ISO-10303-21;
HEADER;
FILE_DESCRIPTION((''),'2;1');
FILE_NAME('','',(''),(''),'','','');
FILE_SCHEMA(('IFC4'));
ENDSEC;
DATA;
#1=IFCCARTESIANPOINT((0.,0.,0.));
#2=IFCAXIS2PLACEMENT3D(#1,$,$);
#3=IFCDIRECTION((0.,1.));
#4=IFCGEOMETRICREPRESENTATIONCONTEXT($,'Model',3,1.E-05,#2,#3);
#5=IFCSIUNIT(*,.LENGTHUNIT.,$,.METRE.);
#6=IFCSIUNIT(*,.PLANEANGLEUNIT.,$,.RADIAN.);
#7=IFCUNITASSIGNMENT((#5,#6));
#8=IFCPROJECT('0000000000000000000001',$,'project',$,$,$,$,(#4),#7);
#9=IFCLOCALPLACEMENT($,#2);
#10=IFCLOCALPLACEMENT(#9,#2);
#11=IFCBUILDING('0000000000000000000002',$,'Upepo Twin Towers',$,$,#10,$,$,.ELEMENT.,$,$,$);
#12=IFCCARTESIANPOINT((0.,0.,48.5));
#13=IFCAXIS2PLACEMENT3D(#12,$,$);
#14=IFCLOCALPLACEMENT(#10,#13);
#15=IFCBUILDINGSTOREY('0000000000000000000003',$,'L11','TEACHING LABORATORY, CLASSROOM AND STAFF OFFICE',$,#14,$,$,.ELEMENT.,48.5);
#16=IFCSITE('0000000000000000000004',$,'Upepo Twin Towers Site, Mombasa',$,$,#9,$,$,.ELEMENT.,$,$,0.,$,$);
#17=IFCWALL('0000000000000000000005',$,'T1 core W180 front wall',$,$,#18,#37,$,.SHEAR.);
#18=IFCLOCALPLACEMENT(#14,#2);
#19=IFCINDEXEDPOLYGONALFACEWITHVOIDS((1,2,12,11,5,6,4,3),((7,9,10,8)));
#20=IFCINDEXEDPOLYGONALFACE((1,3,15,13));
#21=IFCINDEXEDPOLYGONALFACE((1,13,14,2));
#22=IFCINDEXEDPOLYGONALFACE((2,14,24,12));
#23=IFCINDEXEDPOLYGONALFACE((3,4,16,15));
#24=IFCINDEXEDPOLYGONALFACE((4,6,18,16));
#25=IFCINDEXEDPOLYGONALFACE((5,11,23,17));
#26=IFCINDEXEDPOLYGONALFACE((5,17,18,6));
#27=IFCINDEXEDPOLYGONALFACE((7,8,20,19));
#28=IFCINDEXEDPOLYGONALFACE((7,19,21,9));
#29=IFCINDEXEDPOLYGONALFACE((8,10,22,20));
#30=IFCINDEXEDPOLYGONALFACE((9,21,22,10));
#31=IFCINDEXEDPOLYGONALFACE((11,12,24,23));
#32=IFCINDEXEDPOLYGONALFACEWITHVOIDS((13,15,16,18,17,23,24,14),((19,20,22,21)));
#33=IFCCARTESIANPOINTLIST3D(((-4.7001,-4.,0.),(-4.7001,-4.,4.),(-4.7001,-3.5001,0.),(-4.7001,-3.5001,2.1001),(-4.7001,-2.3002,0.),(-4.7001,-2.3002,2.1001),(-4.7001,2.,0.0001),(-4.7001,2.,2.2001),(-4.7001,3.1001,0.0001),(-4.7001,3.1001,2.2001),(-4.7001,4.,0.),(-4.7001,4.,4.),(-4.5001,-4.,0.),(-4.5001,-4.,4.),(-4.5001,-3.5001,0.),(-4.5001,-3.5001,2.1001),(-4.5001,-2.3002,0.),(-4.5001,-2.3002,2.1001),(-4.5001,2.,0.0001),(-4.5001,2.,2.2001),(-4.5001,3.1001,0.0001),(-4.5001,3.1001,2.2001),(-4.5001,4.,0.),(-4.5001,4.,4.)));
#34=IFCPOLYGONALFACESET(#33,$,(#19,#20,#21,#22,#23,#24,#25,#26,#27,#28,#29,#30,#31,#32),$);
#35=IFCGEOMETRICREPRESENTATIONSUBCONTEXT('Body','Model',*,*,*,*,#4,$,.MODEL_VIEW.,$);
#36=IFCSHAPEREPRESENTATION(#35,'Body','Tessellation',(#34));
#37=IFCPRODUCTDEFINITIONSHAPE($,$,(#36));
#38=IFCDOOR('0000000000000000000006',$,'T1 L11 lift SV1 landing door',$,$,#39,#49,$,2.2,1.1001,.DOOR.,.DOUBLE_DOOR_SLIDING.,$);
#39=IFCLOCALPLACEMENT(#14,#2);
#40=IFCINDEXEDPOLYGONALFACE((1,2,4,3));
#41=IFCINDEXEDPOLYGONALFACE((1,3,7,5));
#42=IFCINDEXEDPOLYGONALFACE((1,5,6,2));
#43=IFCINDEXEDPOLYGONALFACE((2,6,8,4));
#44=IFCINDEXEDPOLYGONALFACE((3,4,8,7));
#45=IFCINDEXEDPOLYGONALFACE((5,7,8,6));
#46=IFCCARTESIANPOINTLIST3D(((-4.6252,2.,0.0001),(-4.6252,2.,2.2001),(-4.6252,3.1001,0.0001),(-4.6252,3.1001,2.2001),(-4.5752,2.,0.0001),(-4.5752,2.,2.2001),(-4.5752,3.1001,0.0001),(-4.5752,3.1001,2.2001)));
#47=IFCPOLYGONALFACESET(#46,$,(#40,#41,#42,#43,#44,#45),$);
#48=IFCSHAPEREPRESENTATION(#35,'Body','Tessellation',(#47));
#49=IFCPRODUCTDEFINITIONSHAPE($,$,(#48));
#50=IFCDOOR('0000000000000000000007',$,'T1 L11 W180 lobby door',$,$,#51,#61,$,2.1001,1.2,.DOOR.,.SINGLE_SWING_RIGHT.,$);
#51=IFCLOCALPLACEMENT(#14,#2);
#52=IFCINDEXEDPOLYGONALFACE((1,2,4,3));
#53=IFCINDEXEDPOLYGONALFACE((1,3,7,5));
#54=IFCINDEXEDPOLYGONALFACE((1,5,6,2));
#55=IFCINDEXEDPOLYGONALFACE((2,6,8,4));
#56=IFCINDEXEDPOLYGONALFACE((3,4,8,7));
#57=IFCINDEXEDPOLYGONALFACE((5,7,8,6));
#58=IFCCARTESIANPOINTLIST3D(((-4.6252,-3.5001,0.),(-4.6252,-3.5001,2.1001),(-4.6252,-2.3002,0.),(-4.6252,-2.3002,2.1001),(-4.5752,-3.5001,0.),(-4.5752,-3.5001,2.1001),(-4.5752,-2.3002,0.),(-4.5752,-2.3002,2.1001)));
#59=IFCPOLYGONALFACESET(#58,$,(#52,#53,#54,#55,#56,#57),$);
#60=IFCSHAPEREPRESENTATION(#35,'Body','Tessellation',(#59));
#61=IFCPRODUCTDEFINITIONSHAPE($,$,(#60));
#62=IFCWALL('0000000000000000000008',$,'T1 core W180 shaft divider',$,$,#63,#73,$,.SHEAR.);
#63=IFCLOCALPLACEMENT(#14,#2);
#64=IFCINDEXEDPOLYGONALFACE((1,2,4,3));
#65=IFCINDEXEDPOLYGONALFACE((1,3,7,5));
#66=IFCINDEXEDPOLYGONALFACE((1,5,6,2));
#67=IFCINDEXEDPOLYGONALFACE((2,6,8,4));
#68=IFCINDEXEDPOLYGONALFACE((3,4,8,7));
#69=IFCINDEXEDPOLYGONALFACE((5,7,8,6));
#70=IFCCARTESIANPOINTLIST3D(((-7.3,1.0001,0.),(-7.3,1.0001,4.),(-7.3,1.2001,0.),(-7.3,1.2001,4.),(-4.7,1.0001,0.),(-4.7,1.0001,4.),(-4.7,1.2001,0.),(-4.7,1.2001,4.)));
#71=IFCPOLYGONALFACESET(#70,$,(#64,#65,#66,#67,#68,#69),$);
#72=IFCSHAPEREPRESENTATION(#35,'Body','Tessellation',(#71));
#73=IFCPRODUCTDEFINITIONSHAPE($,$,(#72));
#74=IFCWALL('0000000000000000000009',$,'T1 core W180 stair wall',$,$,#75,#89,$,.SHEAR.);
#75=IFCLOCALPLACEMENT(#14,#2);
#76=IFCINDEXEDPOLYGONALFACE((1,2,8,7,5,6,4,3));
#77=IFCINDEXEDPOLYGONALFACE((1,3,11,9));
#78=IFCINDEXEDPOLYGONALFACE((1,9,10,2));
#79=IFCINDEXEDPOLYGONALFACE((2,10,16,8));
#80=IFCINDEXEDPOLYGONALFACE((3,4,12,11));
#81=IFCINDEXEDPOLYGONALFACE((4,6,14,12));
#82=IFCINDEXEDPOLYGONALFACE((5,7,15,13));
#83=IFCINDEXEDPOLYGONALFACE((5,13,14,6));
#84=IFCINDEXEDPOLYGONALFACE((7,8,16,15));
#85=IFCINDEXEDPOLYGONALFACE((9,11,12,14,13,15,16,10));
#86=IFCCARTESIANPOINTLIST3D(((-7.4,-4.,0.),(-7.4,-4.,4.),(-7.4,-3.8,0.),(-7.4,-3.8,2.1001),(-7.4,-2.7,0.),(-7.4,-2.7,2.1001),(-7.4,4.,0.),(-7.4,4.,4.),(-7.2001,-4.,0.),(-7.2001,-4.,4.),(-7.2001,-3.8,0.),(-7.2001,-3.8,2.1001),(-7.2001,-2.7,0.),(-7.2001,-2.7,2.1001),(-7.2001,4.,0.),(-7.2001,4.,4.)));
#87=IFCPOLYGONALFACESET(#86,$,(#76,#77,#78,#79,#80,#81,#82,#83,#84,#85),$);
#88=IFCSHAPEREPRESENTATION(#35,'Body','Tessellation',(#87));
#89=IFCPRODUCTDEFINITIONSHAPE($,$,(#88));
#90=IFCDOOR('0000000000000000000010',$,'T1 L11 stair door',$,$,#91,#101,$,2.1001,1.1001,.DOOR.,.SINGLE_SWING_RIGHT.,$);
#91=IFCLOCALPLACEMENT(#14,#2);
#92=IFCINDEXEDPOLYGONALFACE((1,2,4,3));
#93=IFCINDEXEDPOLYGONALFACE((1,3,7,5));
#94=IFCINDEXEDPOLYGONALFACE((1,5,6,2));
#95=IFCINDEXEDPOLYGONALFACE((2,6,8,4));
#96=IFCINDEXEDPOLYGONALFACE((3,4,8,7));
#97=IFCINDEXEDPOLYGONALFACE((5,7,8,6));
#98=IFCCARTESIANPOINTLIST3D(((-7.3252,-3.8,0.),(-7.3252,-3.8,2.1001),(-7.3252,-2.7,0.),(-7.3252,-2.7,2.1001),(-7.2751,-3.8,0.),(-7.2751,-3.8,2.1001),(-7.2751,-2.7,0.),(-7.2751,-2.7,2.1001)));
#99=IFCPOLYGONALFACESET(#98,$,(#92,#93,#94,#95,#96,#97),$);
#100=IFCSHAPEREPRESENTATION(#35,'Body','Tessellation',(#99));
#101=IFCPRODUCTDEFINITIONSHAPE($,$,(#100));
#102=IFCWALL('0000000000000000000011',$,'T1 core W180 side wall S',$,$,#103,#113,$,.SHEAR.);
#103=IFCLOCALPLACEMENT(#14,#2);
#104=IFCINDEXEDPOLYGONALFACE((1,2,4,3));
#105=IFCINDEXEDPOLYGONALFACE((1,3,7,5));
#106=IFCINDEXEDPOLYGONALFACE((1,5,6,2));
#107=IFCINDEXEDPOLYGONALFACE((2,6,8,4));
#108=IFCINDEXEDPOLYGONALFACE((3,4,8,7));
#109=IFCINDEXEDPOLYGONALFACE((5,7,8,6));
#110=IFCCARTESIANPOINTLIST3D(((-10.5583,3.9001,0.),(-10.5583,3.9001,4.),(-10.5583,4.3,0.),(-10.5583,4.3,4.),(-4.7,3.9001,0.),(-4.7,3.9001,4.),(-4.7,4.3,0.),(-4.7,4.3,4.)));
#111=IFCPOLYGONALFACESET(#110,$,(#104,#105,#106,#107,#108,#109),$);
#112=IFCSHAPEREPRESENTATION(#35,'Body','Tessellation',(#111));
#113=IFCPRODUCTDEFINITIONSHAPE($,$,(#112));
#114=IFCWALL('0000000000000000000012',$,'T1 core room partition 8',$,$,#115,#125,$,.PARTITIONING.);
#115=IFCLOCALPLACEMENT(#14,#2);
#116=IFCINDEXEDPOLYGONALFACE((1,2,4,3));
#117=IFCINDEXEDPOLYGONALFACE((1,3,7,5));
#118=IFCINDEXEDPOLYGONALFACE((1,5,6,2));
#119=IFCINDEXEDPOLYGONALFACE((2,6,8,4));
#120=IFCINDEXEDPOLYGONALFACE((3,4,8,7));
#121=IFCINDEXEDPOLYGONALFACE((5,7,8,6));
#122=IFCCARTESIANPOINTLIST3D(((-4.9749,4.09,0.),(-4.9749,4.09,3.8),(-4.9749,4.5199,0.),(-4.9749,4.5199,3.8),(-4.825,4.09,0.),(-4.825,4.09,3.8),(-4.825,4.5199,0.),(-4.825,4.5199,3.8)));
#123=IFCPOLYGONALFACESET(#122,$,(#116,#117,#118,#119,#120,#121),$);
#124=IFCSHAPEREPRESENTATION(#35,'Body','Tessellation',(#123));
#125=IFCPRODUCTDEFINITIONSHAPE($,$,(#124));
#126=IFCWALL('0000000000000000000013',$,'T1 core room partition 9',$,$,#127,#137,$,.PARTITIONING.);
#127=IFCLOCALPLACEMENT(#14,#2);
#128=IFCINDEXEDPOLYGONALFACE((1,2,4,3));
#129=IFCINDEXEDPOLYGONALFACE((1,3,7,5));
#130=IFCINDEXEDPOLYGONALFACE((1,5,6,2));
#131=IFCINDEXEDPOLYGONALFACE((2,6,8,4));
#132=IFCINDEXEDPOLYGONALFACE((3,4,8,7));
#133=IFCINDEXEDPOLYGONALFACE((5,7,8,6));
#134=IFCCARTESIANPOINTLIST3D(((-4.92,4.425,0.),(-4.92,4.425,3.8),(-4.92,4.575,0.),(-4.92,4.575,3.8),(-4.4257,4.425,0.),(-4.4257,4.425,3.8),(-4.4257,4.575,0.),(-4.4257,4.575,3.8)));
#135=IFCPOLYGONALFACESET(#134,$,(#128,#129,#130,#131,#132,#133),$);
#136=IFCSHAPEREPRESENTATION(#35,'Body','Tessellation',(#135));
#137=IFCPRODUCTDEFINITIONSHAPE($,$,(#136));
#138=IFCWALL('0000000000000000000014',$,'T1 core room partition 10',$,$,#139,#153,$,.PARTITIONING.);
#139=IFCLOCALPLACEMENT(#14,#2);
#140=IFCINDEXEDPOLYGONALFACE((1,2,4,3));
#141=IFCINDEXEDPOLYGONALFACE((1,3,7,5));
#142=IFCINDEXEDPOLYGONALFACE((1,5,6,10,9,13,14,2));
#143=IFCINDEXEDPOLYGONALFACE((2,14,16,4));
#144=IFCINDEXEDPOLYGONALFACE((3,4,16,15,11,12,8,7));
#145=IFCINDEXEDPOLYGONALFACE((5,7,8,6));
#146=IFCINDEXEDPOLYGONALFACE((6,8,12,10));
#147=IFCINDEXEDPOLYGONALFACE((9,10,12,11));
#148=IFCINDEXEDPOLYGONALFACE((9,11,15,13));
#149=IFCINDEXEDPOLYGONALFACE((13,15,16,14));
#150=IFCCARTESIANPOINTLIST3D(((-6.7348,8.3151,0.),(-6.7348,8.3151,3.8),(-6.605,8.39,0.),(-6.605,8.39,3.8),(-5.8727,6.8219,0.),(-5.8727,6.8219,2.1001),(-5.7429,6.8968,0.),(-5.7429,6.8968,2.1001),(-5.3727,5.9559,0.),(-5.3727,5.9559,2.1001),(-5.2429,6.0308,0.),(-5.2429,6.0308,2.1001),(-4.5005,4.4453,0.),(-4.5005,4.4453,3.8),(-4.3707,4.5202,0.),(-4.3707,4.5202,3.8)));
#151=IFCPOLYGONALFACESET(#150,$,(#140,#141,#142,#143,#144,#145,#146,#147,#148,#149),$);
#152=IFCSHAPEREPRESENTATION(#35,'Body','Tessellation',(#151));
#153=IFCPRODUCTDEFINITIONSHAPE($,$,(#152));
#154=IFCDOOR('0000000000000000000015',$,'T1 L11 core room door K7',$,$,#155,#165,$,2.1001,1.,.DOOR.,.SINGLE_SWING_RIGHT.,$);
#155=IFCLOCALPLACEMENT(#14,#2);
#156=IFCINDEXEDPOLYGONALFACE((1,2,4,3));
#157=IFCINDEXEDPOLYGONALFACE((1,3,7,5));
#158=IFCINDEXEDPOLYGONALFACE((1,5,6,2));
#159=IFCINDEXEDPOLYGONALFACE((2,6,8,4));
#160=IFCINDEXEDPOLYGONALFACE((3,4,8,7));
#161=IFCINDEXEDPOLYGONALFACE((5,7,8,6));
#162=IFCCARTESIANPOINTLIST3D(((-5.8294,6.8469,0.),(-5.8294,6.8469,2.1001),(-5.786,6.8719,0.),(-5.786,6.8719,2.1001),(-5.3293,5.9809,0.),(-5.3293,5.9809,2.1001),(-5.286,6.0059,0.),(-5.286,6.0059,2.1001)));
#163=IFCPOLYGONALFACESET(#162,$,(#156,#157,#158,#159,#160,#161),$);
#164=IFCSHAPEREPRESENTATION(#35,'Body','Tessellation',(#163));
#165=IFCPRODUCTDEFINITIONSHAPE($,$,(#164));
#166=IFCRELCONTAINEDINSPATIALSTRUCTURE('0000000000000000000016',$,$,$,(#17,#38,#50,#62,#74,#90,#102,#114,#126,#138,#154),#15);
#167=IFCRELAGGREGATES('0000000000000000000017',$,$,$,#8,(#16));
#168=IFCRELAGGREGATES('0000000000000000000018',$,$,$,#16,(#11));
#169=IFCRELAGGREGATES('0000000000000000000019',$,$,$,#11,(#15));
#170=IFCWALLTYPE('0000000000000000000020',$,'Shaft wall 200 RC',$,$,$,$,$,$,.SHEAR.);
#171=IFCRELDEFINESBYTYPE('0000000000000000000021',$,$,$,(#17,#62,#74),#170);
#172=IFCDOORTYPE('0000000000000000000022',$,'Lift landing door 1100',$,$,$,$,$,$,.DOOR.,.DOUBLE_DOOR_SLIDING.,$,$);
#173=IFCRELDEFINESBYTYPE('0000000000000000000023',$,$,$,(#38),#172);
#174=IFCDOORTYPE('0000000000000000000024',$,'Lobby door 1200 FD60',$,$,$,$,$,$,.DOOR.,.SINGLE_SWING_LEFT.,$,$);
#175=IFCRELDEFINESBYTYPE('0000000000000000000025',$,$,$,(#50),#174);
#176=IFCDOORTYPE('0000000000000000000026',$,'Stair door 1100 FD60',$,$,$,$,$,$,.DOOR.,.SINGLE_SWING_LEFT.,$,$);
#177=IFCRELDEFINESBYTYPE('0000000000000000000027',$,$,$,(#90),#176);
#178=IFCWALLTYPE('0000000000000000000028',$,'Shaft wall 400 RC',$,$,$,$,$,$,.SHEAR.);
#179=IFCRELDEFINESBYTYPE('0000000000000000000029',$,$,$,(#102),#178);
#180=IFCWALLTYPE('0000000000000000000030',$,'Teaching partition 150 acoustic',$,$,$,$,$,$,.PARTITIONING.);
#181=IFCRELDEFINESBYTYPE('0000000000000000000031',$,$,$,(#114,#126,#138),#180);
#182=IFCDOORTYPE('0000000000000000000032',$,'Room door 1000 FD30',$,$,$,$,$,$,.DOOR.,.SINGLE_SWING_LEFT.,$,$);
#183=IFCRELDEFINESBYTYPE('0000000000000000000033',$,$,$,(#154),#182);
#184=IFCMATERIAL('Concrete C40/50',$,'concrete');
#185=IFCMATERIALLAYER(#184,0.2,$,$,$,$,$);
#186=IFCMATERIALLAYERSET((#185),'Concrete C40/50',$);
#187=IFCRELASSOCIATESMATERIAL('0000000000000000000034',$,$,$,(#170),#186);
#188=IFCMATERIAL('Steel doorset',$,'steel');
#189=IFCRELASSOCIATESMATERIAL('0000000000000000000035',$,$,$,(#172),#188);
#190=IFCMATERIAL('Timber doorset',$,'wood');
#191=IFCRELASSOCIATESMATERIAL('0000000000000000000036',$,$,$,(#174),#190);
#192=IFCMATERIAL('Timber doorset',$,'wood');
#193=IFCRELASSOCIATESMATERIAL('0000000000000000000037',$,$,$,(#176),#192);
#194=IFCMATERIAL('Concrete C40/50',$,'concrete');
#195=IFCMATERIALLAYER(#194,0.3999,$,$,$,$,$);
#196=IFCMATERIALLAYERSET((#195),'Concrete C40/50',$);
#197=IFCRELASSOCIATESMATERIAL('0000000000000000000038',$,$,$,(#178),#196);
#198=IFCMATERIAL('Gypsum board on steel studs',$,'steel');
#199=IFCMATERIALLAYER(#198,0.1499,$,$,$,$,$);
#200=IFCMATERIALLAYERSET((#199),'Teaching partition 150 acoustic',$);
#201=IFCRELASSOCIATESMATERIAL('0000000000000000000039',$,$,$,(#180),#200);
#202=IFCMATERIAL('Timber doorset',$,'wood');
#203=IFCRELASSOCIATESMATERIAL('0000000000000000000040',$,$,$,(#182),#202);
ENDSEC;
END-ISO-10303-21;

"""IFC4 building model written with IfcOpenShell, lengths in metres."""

from ifc_helpers import new_model, si_unit, direction, frame, frame_2d, origin, place, context, subcontext, project, spatial, rectangle, extrude, material, layer, layer_set, type_object, element, fill, save


model = new_model("IFC4")

# Units and contexts
model_context = context("Model", 3, precision=1e-05, world=origin(), true_north=direction((0.0, 1.0)))
body_context = subcontext(model_context, "Body", "Model", "MODEL_VIEW")
ifc_project = project(units=[si_unit("LENGTHUNIT", "METRE"), si_unit("PLANEANGLEUNIT", "RADIAN")], contexts=[model_context])

# Site, building, storey
site_placement = place(None, origin())
site = spatial("IfcSite", under=ifc_project, at=site_placement, Name="Upepo Twin Towers Site, Mombasa", CompositionType="ELEMENT", RefElevation=0.0)
building_placement = place(site_placement, origin())
building = spatial("IfcBuilding", under=site, at=building_placement, Name="Upepo Twin Towers", CompositionType="ELEMENT")
storey_placement = place(building_placement, frame((0.0, 0.0, 48.5)))
storey = spatial("IfcBuildingStorey", under=building, at=storey_placement, Name="L11", Description="TEACHING LABORATORY, CLASSROOM AND STAFF OFFICE", CompositionType="ELEMENT", Elevation=48.5)

# Wall, openings, doors
ifc_material_1 = material(Name="Concrete C40/50", Category="concrete")
ifc_layer_1 = layer(ifc_material_1, 0.2)
ifc_layer_set_1 = layer_set([ifc_layer_1], Name="Concrete C40/50")
wall_type_1 = type_object("IfcWallType", Name="Shaft wall 200 RC", PredefinedType="SHEAR", material=ifc_layer_set_1)
wall_1_placement = place(storey_placement, frame((-4.6001, 4.0, 0.0), z_axis=(0.0, 0.0, 1.0), x_axis=(0.0, -1.0, 0.0)))
wall_1 = element("IfcWall", 1, at=wall_1_placement, inside=storey, type_object=wall_type_1, Name="T1 core W180 front wall", PredefinedType="SHEAR", context=body_context, shape_type="SweptSolid", body=[
    extrude(rectangle(XDim=8.0, YDim=0.2, at=frame_2d((4.0, 0.0))), origin(), (0.0, 0.0, 1.0), 4.0),
])
opening_1_placement = place(wall_1_placement, frame((6.3, 0.0, 0.0)))
opening_1 = element("IfcOpeningElement", 2, at=opening_1_placement, cuts=wall_1, PredefinedType="OPENING", context=body_context, shape_type="SweptSolid", body=[
    extrude(rectangle(XDim=1.2, YDim=2.1001, at=frame_2d((0.6001, 1.05))), frame((0.0, 0.1099, 0.0), z_axis=(0.0, -1.0, 0.0), x_axis=(1.0, 0.0, 0.0)), (0.0, 0.0, 1.0), 0.22),
])
opening_2_placement = place(wall_1_placement, frame((0.8999, 0.0, 0.0)))
opening_2 = element("IfcOpeningElement", 3, at=opening_2_placement, cuts=wall_1, PredefinedType="OPENING", context=body_context, shape_type="SweptSolid", body=[
    extrude(rectangle(XDim=1.1001, YDim=2.2, at=frame_2d((0.55, 1.1001))), frame((0.0, 0.1099, 0.0), z_axis=(0.0, -1.0, 0.0), x_axis=(1.0, 0.0, 0.0)), (0.0, 0.0, 1.0), 0.22),
])
ifc_material_2 = material(Name="Steel doorset", Category="steel")
door_type_1 = type_object("IfcDoorType", Name="Lift landing door 1100", OperationType="DOUBLE_DOOR_SLIDING", PredefinedType="DOOR", material=ifc_material_2)
door_1_placement = place(opening_2_placement, origin())
door_1 = element("IfcDoor", 4, at=door_1_placement, inside=storey, type_object=door_type_1, Name="T1 L11 lift SV1 landing door", OperationType="DOUBLE_DOOR_SLIDING", OverallHeight=2.2, OverallWidth=1.1001, PredefinedType="DOOR", context=body_context, shape_type="SweptSolid", body=[
    extrude(rectangle(XDim=1.1001, YDim=2.2, at=frame_2d((0.55, 1.1001))), frame((0.0, 0.0249, 0.0), z_axis=(0.0, -1.0, 0.0), x_axis=(1.0, 0.0, 0.0)), (0.0, 0.0, 1.0), 0.05),
])
fill(opening_2, door_1)
ifc_material_3 = material(Name="Timber doorset", Category="wood")
door_type_2 = type_object("IfcDoorType", Name="Lobby door 1200 FD60", OperationType="SINGLE_SWING_LEFT", PredefinedType="DOOR", material=ifc_material_3)
door_2_placement = place(opening_1_placement, origin())
door_2 = element("IfcDoor", 5, at=door_2_placement, inside=storey, type_object=door_type_2, Name="T1 L11 W180 lobby door", OperationType="SINGLE_SWING_RIGHT", OverallHeight=2.1001, OverallWidth=1.2, PredefinedType="DOOR", context=body_context, shape_type="SweptSolid", body=[
    extrude(rectangle(XDim=1.2, YDim=2.1001, at=frame_2d((0.6001, 1.05))), frame((0.0, 0.0249, 0.0), z_axis=(0.0, -1.0, 0.0), x_axis=(1.0, 0.0, 0.0)), (0.0, 0.0, 1.0), 0.05),
])
fill(opening_1, door_2)

# Wall
wall_2_placement = place(storey_placement, frame((-4.7, 1.1001, 0.0), z_axis=(0.0, 0.0, 1.0), x_axis=(-1.0, 0.0, 0.0)))
element("IfcWall", 6, at=wall_2_placement, inside=storey, type_object=wall_type_1, Name="T1 core W180 shaft divider", PredefinedType="SHEAR", context=body_context, shape_type="SweptSolid", body=[
    extrude(rectangle(XDim=2.6001, YDim=0.2, at=frame_2d((1.3, 0.0))), origin(), (0.0, 0.0, 1.0), 4.0),
])

# Wall, opening, door
wall_3_placement = place(storey_placement, frame((-7.3, 4.0, 0.0), z_axis=(0.0, 0.0, 1.0), x_axis=(0.0, -1.0, 0.0)))
wall_3 = element("IfcWall", 7, at=wall_3_placement, inside=storey, type_object=wall_type_1, Name="T1 core W180 stair wall", PredefinedType="SHEAR", context=body_context, shape_type="SweptSolid", body=[
    extrude(rectangle(XDim=8.0, YDim=0.2, at=frame_2d((4.0, 0.0))), origin(), (0.0, 0.0, 1.0), 4.0),
])
opening_3_placement = place(wall_3_placement, frame((6.7, 0.0, 0.0)))
opening_3 = element("IfcOpeningElement", 8, at=opening_3_placement, cuts=wall_3, PredefinedType="OPENING", context=body_context, shape_type="SweptSolid", body=[
    extrude(rectangle(XDim=1.1001, YDim=2.1001, at=frame_2d((0.55, 1.05))), frame((0.0, 0.1099, 0.0), z_axis=(0.0, -1.0, 0.0), x_axis=(1.0, 0.0, 0.0)), (0.0, 0.0, 1.0), 0.22),
])
ifc_material_4 = material(Name="Timber doorset", Category="wood")
door_type_3 = type_object("IfcDoorType", Name="Stair door 1100 FD60", OperationType="SINGLE_SWING_LEFT", PredefinedType="DOOR", material=ifc_material_4)
door_3_placement = place(opening_3_placement, origin())
door_3 = element("IfcDoor", 9, at=door_3_placement, inside=storey, type_object=door_type_3, Name="T1 L11 stair door", OperationType="SINGLE_SWING_RIGHT", OverallHeight=2.1001, OverallWidth=1.1001, PredefinedType="DOOR", context=body_context, shape_type="SweptSolid", body=[
    extrude(rectangle(XDim=1.1001, YDim=2.1001, at=frame_2d((0.55, 1.05))), frame((0.0, 0.0249, 0.0), z_axis=(0.0, -1.0, 0.0), x_axis=(1.0, 0.0, 0.0)), (0.0, 0.0, 1.0), 0.05),
])
fill(opening_3, door_3)

# Walls
ifc_material_5 = material(Name="Concrete C40/50", Category="concrete")
ifc_layer_2 = layer(ifc_material_5, 0.3999)
ifc_layer_set_2 = layer_set([ifc_layer_2], Name="Concrete C40/50")
wall_type_2 = type_object("IfcWallType", Name="Shaft wall 400 RC", PredefinedType="SHEAR", material=ifc_layer_set_2)
wall_4_placement = place(storey_placement, frame((-4.7, 4.1001, 0.0), z_axis=(0.0, 0.0, 1.0), x_axis=(-1.0, 0.0, 0.0)))
element("IfcWall", 10, at=wall_4_placement, inside=storey, type_object=wall_type_2, Name="T1 core W180 side wall S", PredefinedType="SHEAR", context=body_context, shape_type="SweptSolid", body=[
    extrude(rectangle(XDim=5.8584, YDim=0.3999, at=frame_2d((2.9292, 0.0))), origin(), (0.0, 0.0, 1.0), 4.0),
])
ifc_material_6 = material(Name="Gypsum board on steel studs", Category="steel")
ifc_layer_3 = layer(ifc_material_6, 0.1499)
ifc_layer_set_3 = layer_set([ifc_layer_3], Name="Teaching partition 150 acoustic")
wall_type_3 = type_object("IfcWallType", Name="Teaching partition 150 acoustic", PredefinedType="PARTITIONING", material=ifc_layer_set_3)
wall_5_placement = place(storey_placement, frame((-4.8999, 4.0901, 0.0), z_axis=(0.0, 0.0, 1.0), x_axis=(0.0, 1.0, 0.0)))
element("IfcWall", 11, at=wall_5_placement, inside=storey, type_object=wall_type_3, Name="T1 core room partition 8", PredefinedType="PARTITIONING", context=body_context, shape_type="SweptSolid", body=[
    extrude(rectangle(XDim=0.4299, YDim=0.1499, at=frame_2d((0.2148, 0.0))), origin(), (0.0, 0.0, 1.0), 3.8),
])
wall_6_placement = place(storey_placement, frame((-4.9199, 4.5, 0.0), z_axis=(0.0, 0.0, 1.0), x_axis=(1.0, 0.0, 0.0)))
element("IfcWall", 12, at=wall_6_placement, inside=storey, type_object=wall_type_3, Name="T1 core room partition 9", PredefinedType="PARTITIONING", context=body_context, shape_type="SweptSolid", body=[
    extrude(rectangle(XDim=0.4944, YDim=0.1499, at=frame_2d((0.2471, 0.0))), origin(), (0.0, 0.0, 1.0), 3.8),
])

# Wall, opening, door
wall_7_placement = place(storey_placement, frame((-4.4355, 4.4827, 0.0), z_axis=(0.0, 0.0, 1.0), x_axis=(-0.500017, 0.866015, 0.0)))
wall_7 = element("IfcWall", 13, at=wall_7_placement, inside=storey, type_object=wall_type_3, Name="T1 core room partition 10", PredefinedType="PARTITIONING", context=body_context, shape_type="SweptSolid", body=[
    extrude(rectangle(XDim=4.4685, YDim=0.1499, at=frame_2d((2.2344, 0.0))), origin(), (0.0, 0.0, 1.0), 3.8),
])
opening_4_placement = place(wall_7_placement, frame((1.7444, 0.0, 0.0)))
opening_4 = element("IfcOpeningElement", 14, at=opening_4_placement, cuts=wall_7, PredefinedType="OPENING", context=body_context, shape_type="SweptSolid", body=[
    extrude(rectangle(XDim=1.0, YDim=2.1001, at=frame_2d((0.5, 1.05))), frame((0.0, 0.085, 0.0), z_axis=(0.0, -1.0, 0.0), x_axis=(1.0, 0.0, 0.0)), (0.0, 0.0, 1.0), 0.1699),
])
ifc_material_7 = material(Name="Timber doorset", Category="wood")
door_type_4 = type_object("IfcDoorType", Name="Room door 1000 FD30", OperationType="SINGLE_SWING_LEFT", PredefinedType="DOOR", material=ifc_material_7)
door_4_placement = place(opening_4_placement, origin())
door_4 = element("IfcDoor", 15, at=door_4_placement, inside=storey, type_object=door_type_4, Name="T1 L11 core room door K7", OperationType="SINGLE_SWING_RIGHT", OverallHeight=2.1001, OverallWidth=1.0, PredefinedType="DOOR", context=body_context, shape_type="SweptSolid", body=[
    extrude(rectangle(XDim=1.0, YDim=2.1001, at=frame_2d((0.5, 1.05))), frame((0.0, 0.0249, 0.0), z_axis=(0.0, -1.0, 0.0), x_axis=(1.0, 0.0, 0.0)), (0.0, 0.0, 1.0), 0.05),
])
fill(opening_4, door_4)

save(model, "model.ifc")
